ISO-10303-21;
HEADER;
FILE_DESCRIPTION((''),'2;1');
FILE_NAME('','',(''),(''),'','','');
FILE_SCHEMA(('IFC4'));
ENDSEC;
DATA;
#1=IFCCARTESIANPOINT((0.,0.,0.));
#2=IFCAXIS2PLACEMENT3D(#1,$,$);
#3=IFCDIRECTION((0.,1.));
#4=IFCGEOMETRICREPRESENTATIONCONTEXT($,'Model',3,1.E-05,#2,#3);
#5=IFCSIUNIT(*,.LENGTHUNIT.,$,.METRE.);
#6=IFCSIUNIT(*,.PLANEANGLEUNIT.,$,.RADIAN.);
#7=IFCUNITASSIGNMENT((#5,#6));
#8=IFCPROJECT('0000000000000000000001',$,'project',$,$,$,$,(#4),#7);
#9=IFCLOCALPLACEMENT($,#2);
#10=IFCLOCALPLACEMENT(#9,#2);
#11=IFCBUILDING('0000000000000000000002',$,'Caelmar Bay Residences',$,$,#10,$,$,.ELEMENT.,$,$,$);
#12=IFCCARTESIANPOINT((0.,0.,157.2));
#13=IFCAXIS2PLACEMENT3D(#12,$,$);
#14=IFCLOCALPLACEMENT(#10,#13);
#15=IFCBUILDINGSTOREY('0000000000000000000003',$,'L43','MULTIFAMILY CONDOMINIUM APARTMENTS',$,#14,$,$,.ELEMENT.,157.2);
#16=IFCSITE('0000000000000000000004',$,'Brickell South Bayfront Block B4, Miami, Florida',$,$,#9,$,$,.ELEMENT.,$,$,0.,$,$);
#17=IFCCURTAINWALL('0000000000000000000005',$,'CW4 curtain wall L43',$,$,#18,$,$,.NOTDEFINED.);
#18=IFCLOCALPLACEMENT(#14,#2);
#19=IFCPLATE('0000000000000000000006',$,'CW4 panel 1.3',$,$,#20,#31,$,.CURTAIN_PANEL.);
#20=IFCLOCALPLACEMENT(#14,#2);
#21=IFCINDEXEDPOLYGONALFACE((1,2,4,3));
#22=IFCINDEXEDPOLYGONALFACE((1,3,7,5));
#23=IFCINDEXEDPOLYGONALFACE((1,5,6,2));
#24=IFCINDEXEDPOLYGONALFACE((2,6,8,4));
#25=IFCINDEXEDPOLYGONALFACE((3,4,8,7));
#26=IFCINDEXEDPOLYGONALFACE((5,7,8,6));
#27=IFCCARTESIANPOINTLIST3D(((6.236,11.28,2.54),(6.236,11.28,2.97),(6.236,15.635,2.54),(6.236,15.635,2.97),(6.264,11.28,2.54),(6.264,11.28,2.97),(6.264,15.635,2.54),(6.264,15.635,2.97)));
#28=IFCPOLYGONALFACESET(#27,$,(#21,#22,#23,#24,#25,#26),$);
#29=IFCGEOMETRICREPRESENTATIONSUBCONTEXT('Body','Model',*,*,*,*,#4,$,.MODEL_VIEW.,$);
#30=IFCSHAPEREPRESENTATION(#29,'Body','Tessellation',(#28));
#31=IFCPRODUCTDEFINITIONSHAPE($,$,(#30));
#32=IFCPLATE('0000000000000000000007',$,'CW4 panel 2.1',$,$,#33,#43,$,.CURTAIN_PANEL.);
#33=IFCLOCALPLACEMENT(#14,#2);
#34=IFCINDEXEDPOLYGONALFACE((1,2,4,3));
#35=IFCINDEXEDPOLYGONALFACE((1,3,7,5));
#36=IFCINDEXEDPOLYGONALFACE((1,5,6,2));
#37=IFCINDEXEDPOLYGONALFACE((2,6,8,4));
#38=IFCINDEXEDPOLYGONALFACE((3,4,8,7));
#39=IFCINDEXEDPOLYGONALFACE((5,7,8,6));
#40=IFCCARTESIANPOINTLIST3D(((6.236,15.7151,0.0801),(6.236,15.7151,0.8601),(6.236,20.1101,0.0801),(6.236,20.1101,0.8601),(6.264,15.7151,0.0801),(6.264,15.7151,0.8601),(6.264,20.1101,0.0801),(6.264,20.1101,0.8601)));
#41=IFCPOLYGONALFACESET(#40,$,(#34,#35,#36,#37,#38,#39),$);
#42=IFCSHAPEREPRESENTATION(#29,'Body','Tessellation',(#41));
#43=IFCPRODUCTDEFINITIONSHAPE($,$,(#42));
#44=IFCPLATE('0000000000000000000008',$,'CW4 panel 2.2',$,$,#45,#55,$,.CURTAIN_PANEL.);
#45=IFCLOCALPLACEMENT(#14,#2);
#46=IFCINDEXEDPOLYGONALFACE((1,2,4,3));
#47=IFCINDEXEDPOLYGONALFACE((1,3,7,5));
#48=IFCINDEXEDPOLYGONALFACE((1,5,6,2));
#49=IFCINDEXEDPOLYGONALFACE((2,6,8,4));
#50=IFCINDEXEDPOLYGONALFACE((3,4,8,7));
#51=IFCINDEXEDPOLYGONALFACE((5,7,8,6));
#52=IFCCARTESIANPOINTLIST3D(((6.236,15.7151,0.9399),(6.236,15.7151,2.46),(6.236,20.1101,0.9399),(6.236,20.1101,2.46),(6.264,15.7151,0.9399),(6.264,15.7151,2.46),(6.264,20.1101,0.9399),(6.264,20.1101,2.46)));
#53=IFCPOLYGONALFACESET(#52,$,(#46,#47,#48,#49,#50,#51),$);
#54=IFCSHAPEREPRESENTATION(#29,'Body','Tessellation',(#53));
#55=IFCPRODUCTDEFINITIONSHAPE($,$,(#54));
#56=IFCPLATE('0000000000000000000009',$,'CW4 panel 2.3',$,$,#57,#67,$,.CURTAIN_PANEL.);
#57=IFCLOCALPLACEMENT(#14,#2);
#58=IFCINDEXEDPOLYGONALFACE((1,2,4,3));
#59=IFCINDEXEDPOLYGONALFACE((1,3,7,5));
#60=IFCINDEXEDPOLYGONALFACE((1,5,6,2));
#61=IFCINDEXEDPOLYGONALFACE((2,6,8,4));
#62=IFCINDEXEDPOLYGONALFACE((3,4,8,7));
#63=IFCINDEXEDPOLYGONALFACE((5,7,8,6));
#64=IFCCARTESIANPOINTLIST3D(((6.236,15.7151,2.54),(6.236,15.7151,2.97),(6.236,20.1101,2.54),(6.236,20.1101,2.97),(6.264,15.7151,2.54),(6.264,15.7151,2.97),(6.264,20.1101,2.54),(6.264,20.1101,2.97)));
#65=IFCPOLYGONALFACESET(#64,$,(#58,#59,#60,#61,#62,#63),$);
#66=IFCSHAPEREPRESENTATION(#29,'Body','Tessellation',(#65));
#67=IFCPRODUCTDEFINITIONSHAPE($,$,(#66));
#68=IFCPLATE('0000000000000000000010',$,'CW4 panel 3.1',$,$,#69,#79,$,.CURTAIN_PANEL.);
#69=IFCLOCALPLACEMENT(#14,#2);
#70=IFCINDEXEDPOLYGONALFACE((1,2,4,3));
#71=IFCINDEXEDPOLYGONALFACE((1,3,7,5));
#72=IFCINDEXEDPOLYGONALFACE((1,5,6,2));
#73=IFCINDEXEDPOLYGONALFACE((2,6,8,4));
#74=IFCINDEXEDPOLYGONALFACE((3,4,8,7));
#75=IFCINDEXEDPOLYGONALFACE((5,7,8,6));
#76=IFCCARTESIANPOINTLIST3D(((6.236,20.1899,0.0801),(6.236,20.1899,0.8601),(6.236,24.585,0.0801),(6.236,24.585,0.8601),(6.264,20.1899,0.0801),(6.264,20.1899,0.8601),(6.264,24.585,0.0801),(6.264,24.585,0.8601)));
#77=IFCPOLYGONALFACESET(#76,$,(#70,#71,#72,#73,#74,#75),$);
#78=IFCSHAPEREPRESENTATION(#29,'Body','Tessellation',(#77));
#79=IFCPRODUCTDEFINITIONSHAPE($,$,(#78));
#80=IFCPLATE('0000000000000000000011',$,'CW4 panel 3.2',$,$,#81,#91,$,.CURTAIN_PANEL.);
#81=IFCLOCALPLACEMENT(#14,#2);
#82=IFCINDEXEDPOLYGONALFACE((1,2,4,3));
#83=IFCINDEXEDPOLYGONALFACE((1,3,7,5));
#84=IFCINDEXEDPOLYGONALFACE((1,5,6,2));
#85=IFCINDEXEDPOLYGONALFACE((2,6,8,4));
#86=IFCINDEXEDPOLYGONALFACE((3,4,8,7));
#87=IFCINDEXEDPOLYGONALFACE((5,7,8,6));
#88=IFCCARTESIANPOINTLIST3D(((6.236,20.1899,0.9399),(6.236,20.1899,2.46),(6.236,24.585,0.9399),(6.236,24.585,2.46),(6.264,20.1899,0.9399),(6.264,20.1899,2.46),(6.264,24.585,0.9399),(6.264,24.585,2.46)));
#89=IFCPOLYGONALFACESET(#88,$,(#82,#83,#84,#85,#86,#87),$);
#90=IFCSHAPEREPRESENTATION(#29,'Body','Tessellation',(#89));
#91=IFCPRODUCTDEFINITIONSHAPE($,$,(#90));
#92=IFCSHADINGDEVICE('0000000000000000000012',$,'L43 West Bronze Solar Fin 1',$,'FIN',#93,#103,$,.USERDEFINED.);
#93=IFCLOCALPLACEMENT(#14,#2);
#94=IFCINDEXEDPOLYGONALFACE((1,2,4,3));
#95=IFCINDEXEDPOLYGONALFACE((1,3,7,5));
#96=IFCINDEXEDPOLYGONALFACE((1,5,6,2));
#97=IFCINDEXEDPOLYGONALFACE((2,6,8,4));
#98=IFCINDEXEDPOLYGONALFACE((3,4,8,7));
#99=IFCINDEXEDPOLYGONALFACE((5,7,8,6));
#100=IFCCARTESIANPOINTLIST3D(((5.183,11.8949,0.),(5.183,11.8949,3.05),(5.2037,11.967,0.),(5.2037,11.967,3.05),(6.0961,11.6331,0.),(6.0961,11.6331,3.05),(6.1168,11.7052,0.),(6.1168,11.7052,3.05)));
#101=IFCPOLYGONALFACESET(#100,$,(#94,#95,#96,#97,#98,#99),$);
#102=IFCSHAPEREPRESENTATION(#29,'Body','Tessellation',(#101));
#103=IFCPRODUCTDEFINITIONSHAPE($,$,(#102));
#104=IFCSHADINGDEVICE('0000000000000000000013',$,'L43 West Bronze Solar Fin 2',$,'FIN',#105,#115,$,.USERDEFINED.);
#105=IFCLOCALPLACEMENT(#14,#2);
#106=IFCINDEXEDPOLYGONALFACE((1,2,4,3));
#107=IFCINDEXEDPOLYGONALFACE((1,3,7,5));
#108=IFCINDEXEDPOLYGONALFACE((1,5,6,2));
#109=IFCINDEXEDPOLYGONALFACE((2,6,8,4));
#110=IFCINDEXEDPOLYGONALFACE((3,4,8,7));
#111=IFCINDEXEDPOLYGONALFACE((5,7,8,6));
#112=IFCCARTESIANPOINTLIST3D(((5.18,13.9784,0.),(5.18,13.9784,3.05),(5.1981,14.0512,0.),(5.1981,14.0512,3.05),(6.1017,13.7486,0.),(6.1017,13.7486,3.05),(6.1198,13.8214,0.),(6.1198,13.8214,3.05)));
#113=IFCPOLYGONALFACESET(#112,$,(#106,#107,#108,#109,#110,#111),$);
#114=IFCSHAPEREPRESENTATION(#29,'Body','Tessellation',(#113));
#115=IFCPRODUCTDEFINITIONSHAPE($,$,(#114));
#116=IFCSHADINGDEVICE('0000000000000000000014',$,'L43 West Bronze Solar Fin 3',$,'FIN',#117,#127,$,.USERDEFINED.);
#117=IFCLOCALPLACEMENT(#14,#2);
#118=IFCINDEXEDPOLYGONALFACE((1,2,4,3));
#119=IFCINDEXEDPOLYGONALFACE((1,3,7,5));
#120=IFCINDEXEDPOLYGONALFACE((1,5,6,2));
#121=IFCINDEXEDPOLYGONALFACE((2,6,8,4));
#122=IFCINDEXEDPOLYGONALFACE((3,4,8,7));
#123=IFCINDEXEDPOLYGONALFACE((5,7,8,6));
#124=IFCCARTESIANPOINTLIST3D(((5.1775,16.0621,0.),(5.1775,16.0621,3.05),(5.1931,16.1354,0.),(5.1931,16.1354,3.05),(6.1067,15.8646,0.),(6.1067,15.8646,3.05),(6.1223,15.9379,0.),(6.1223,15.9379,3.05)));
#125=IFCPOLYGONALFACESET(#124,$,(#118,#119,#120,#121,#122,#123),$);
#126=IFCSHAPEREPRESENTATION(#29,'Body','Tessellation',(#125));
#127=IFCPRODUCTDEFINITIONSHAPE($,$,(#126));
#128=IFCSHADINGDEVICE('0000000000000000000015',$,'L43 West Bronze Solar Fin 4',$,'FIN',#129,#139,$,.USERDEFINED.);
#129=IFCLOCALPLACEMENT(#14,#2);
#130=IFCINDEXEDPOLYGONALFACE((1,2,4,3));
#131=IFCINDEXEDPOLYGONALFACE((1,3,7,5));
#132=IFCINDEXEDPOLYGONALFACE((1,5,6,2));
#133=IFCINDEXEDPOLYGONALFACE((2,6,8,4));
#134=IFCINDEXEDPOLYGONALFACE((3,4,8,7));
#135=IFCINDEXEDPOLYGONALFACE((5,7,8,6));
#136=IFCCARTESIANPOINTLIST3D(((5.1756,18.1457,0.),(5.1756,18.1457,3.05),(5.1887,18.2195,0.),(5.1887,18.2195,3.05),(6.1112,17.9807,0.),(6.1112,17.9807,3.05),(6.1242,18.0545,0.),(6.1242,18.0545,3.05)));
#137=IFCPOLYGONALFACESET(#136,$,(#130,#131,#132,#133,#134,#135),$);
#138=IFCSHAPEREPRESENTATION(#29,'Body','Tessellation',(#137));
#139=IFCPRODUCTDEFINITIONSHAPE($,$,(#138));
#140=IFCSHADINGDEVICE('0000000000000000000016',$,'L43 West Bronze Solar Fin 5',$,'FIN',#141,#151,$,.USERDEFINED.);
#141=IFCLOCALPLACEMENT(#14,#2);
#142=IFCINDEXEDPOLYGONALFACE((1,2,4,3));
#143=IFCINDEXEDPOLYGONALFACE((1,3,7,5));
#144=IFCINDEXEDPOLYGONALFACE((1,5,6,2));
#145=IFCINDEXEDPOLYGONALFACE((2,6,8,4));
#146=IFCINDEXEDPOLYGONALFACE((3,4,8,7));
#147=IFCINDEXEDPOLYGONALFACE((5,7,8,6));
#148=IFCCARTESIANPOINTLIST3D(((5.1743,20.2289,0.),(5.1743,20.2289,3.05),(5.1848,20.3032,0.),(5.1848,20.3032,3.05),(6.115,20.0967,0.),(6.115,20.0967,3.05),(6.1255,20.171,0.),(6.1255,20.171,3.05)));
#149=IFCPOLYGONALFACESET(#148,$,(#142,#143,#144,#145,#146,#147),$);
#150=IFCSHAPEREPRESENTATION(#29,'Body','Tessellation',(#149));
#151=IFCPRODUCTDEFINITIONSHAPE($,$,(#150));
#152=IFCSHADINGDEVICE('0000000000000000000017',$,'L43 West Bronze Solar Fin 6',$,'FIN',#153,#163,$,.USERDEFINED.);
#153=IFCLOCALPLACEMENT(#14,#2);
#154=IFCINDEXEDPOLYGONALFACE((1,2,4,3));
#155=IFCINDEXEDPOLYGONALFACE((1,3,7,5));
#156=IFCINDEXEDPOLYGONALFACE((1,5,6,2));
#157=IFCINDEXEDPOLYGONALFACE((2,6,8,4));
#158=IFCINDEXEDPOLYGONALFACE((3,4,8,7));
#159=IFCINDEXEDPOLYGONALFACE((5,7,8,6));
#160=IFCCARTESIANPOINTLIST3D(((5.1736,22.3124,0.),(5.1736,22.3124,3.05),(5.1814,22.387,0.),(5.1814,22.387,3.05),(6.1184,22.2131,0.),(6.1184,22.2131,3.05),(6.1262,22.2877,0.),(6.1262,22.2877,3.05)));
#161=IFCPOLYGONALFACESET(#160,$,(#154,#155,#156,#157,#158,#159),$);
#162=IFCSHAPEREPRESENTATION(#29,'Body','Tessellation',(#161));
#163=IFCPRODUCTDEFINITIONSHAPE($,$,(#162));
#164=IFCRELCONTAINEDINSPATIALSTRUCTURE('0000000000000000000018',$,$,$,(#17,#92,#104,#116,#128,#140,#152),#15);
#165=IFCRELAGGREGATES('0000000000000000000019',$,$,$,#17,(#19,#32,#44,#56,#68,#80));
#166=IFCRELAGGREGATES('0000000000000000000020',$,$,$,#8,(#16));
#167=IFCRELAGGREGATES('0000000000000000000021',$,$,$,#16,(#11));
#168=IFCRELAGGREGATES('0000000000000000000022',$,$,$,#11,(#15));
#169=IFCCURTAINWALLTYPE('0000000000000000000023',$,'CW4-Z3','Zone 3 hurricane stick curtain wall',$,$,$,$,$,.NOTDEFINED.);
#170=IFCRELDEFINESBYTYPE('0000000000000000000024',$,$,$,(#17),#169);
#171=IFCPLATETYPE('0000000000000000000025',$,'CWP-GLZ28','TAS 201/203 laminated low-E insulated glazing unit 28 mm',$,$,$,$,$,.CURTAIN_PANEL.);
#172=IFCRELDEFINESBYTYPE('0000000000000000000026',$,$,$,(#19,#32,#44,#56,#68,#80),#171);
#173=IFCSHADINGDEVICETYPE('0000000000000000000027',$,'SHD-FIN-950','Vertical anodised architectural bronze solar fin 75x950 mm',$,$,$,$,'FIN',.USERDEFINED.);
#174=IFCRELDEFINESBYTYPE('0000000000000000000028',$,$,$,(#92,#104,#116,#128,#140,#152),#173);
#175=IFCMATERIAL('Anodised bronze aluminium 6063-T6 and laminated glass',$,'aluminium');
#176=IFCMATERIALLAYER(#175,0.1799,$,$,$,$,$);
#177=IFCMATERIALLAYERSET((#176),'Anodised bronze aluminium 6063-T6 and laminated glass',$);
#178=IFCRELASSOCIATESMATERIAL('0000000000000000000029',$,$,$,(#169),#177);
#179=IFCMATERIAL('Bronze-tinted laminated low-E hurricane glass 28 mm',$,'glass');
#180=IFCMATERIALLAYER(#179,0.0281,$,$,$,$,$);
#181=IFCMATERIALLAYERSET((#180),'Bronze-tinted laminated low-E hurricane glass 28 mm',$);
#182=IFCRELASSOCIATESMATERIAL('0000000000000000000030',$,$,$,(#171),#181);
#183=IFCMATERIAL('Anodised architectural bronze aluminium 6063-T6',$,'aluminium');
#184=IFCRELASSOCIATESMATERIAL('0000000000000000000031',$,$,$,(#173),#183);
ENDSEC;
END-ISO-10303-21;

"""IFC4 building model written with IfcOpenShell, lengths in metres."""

from ifc_helpers import new_model, si_unit, direction, frame, origin, origin_2d, place, context, subcontext, project, spatial, rectangle, extrude, material, layer, layer_set, material_profile, profile_set, type_object, element, aggregate, save


model = new_model("IFC4")

# Units and contexts
model_context = context("Model", 3, precision=1e-05, world=origin(), true_north=direction((0.0, 1.0)))
body_context = subcontext(model_context, "Body", "Model", "MODEL_VIEW")
ifc_project = project(units=[si_unit("LENGTHUNIT", "METRE"), si_unit("PLANEANGLEUNIT", "RADIAN")], contexts=[model_context])

# Site, building, storey
site_placement = place(None, origin())
site = spatial("IfcSite", under=ifc_project, at=site_placement, Name="Brickell South Bayfront Block B4, Miami, Florida", CompositionType="ELEMENT", RefElevation=0.0)
building_placement = place(site_placement, origin())
building = spatial("IfcBuilding", under=site, at=building_placement, Name="Caelmar Bay Residences", CompositionType="ELEMENT")
storey_placement = place(building_placement, frame((0.0, 0.0, 157.2)))
storey = spatial("IfcBuildingStorey", under=building, at=storey_placement, Name="L43", Description="MULTIFAMILY CONDOMINIUM APARTMENTS", CompositionType="ELEMENT", Elevation=157.2)

# Curtain wall, plates
ifc_material_1 = material(Name="Anodised bronze aluminium 6063-T6 and laminated glass", Category="aluminium")
ifc_layer_1 = layer(ifc_material_1, 0.1799)
ifc_layer_set_1 = layer_set([ifc_layer_1], Name="Anodised bronze aluminium 6063-T6 and laminated glass")
curtain_wall_type = type_object("IfcCurtainWallType", Name="CW4-Z3", Description="Zone 3 hurricane stick curtain wall", PredefinedType="NOTDEFINED", material=ifc_layer_set_1)
curtain_wall_placement = place(storey_placement, origin())
curtain_wall = element("IfcCurtainWall", 1, at=curtain_wall_placement, inside=storey, type_object=curtain_wall_type, Name="CW4 curtain wall L43", PredefinedType="NOTDEFINED")
ifc_material_2 = material(Name="Bronze-tinted laminated low-E hurricane glass 28 mm", Category="glass")
ifc_layer_2 = layer(ifc_material_2, 0.0281)
ifc_layer_set_2 = layer_set([ifc_layer_2], Name="Bronze-tinted laminated low-E hurricane glass 28 mm")
plate_type = type_object("IfcPlateType", Name="CWP-GLZ28", Description="TAS 201/203 laminated low-E insulated glazing unit 28 mm", PredefinedType="CURTAIN_PANEL", material=ifc_layer_set_2)
plate_1_placement = place(storey_placement, frame((6.25, 13.4575, 2.54), z_axis=(0.0, 0.0, 1.0), x_axis=(0.0, 1.0, 0.0)))
plate_1 = element("IfcPlate", 2, at=plate_1_placement, type_object=plate_type, Name="CW4 panel 1.3", PredefinedType="CURTAIN_PANEL", context=body_context, shape_type="SweptSolid", body=[
    extrude(rectangle(XDim=4.355, YDim=0.0281, at=origin_2d()), origin(), (0.0, 0.0, 1.0), 0.4299),
])
plate_2_placement = place(storey_placement, frame((6.25, 17.9126, 0.0801), z_axis=(0.0, 0.0, 1.0), x_axis=(0.0, 1.0, 0.0)))
plate_2 = element("IfcPlate", 3, at=plate_2_placement, type_object=plate_type, Name="CW4 panel 2.1", PredefinedType="CURTAIN_PANEL", context=body_context, shape_type="SweptSolid", body=[
    extrude(rectangle(XDim=4.395, YDim=0.0281, at=origin_2d()), origin(), (0.0, 0.0, 1.0), 0.78),
])
plate_3_placement = place(storey_placement, frame((6.25, 17.9126, 0.9399), z_axis=(0.0, 0.0, 1.0), x_axis=(0.0, 1.0, 0.0)))
plate_3 = element("IfcPlate", 4, at=plate_3_placement, type_object=plate_type, Name="CW4 panel 2.2", PredefinedType="CURTAIN_PANEL", context=body_context, shape_type="SweptSolid", body=[
    extrude(rectangle(XDim=4.395, YDim=0.0281, at=origin_2d()), origin(), (0.0, 0.0, 1.0), 1.52),
])
plate_4_placement = place(storey_placement, frame((6.25, 17.9126, 2.54), z_axis=(0.0, 0.0, 1.0), x_axis=(0.0, 1.0, 0.0)))
plate_4 = element("IfcPlate", 5, at=plate_4_placement, type_object=plate_type, Name="CW4 panel 2.3", PredefinedType="CURTAIN_PANEL", context=body_context, shape_type="SweptSolid", body=[
    extrude(rectangle(XDim=4.395, YDim=0.0281, at=origin_2d()), origin(), (0.0, 0.0, 1.0), 0.4299),
])
plate_5_placement = place(storey_placement, frame((6.25, 22.3875, 0.0801), z_axis=(0.0, 0.0, 1.0), x_axis=(0.0, 1.0, 0.0)))
plate_5 = element("IfcPlate", 6, at=plate_5_placement, type_object=plate_type, Name="CW4 panel 3.1", PredefinedType="CURTAIN_PANEL", context=body_context, shape_type="SweptSolid", body=[
    extrude(rectangle(XDim=4.395, YDim=0.0281, at=origin_2d()), origin(), (0.0, 0.0, 1.0), 0.78),
])
plate_6_placement = place(storey_placement, frame((6.25, 22.3875, 0.9399), z_axis=(0.0, 0.0, 1.0), x_axis=(0.0, 1.0, 0.0)))
plate_6 = element("IfcPlate", 7, at=plate_6_placement, type_object=plate_type, Name="CW4 panel 3.2", PredefinedType="CURTAIN_PANEL", context=body_context, shape_type="SweptSolid", body=[
    extrude(rectangle(XDim=4.395, YDim=0.0281, at=origin_2d()), origin(), (0.0, 0.0, 1.0), 1.52),
])
aggregate(curtain_wall, [plate_1, plate_2, plate_3, plate_4, plate_5, plate_6])

# Shading devices
ifc_material_3 = material(Name="Anodised architectural bronze aluminium 6063-T6", Category="aluminium")
ifc_material_profile_1 = material_profile(ifc_material_3, rectangle(XDim=0.075, YDim=0.95, at=origin_2d()), Name="BRONZE-FIN-75X950")
ifc_profile_set_1 = profile_set([ifc_material_profile_1], Name="Anodised architectural bronze aluminium 6063-T6")
shading_device_type = type_object("IfcShadingDeviceType", Name="SHD-FIN-950", Description="Vertical anodised architectural bronze solar fin 75x950 mm", ElementType="FIN", PredefinedType="USERDEFINED", material=ifc_profile_set_1)
for number, where, z_axis, x_axis, name in (
    (8, (5.6499, 11.8, 0.0), (0.0, 0.0, 1.0), (0.275637, 0.961262, 0.0), "L43 West Bronze Solar Fin 1"),
    (9, (5.6499, 13.8999, 0.0), (0.0, 0.0, 1.0), (0.241922, 0.970296, 0.0), "L43 West Bronze Solar Fin 2"),
    (10, (5.6499, 16.0, 0.0), (0.0, 0.0, 1.0), (0.207912, 0.978148, 0.0), "L43 West Bronze Solar Fin 3"),
    (11, (5.6499, 18.1001, 0.0), (0.0, 0.0, 1.0), (0.173648, 0.984808, 0.0), "L43 West Bronze Solar Fin 4"),
    (12, (5.6499, 20.2, 0.0), (0.0, 0.0, 1.0), (0.139173, 0.990268, 0.0), "L43 West Bronze Solar Fin 5"),
    (13, (5.6499, 22.3, 0.0), (0.0, 0.0, 1.0), (0.104528, 0.994522, 0.0), "L43 West Bronze Solar Fin 6"),
):
    element("IfcShadingDevice", number, at=place(storey_placement, frame(where, z_axis=z_axis, x_axis=x_axis)), inside=storey, type_object=shading_device_type, Name=name, ObjectType="FIN", PredefinedType="USERDEFINED", context=body_context, shape_type="SweptSolid", body=[
        extrude(rectangle(XDim=0.075, YDim=0.95, at=origin_2d()), origin(), (0.0, 0.0, 1.0), 3.05),
    ])

save(model, "model.ifc")
